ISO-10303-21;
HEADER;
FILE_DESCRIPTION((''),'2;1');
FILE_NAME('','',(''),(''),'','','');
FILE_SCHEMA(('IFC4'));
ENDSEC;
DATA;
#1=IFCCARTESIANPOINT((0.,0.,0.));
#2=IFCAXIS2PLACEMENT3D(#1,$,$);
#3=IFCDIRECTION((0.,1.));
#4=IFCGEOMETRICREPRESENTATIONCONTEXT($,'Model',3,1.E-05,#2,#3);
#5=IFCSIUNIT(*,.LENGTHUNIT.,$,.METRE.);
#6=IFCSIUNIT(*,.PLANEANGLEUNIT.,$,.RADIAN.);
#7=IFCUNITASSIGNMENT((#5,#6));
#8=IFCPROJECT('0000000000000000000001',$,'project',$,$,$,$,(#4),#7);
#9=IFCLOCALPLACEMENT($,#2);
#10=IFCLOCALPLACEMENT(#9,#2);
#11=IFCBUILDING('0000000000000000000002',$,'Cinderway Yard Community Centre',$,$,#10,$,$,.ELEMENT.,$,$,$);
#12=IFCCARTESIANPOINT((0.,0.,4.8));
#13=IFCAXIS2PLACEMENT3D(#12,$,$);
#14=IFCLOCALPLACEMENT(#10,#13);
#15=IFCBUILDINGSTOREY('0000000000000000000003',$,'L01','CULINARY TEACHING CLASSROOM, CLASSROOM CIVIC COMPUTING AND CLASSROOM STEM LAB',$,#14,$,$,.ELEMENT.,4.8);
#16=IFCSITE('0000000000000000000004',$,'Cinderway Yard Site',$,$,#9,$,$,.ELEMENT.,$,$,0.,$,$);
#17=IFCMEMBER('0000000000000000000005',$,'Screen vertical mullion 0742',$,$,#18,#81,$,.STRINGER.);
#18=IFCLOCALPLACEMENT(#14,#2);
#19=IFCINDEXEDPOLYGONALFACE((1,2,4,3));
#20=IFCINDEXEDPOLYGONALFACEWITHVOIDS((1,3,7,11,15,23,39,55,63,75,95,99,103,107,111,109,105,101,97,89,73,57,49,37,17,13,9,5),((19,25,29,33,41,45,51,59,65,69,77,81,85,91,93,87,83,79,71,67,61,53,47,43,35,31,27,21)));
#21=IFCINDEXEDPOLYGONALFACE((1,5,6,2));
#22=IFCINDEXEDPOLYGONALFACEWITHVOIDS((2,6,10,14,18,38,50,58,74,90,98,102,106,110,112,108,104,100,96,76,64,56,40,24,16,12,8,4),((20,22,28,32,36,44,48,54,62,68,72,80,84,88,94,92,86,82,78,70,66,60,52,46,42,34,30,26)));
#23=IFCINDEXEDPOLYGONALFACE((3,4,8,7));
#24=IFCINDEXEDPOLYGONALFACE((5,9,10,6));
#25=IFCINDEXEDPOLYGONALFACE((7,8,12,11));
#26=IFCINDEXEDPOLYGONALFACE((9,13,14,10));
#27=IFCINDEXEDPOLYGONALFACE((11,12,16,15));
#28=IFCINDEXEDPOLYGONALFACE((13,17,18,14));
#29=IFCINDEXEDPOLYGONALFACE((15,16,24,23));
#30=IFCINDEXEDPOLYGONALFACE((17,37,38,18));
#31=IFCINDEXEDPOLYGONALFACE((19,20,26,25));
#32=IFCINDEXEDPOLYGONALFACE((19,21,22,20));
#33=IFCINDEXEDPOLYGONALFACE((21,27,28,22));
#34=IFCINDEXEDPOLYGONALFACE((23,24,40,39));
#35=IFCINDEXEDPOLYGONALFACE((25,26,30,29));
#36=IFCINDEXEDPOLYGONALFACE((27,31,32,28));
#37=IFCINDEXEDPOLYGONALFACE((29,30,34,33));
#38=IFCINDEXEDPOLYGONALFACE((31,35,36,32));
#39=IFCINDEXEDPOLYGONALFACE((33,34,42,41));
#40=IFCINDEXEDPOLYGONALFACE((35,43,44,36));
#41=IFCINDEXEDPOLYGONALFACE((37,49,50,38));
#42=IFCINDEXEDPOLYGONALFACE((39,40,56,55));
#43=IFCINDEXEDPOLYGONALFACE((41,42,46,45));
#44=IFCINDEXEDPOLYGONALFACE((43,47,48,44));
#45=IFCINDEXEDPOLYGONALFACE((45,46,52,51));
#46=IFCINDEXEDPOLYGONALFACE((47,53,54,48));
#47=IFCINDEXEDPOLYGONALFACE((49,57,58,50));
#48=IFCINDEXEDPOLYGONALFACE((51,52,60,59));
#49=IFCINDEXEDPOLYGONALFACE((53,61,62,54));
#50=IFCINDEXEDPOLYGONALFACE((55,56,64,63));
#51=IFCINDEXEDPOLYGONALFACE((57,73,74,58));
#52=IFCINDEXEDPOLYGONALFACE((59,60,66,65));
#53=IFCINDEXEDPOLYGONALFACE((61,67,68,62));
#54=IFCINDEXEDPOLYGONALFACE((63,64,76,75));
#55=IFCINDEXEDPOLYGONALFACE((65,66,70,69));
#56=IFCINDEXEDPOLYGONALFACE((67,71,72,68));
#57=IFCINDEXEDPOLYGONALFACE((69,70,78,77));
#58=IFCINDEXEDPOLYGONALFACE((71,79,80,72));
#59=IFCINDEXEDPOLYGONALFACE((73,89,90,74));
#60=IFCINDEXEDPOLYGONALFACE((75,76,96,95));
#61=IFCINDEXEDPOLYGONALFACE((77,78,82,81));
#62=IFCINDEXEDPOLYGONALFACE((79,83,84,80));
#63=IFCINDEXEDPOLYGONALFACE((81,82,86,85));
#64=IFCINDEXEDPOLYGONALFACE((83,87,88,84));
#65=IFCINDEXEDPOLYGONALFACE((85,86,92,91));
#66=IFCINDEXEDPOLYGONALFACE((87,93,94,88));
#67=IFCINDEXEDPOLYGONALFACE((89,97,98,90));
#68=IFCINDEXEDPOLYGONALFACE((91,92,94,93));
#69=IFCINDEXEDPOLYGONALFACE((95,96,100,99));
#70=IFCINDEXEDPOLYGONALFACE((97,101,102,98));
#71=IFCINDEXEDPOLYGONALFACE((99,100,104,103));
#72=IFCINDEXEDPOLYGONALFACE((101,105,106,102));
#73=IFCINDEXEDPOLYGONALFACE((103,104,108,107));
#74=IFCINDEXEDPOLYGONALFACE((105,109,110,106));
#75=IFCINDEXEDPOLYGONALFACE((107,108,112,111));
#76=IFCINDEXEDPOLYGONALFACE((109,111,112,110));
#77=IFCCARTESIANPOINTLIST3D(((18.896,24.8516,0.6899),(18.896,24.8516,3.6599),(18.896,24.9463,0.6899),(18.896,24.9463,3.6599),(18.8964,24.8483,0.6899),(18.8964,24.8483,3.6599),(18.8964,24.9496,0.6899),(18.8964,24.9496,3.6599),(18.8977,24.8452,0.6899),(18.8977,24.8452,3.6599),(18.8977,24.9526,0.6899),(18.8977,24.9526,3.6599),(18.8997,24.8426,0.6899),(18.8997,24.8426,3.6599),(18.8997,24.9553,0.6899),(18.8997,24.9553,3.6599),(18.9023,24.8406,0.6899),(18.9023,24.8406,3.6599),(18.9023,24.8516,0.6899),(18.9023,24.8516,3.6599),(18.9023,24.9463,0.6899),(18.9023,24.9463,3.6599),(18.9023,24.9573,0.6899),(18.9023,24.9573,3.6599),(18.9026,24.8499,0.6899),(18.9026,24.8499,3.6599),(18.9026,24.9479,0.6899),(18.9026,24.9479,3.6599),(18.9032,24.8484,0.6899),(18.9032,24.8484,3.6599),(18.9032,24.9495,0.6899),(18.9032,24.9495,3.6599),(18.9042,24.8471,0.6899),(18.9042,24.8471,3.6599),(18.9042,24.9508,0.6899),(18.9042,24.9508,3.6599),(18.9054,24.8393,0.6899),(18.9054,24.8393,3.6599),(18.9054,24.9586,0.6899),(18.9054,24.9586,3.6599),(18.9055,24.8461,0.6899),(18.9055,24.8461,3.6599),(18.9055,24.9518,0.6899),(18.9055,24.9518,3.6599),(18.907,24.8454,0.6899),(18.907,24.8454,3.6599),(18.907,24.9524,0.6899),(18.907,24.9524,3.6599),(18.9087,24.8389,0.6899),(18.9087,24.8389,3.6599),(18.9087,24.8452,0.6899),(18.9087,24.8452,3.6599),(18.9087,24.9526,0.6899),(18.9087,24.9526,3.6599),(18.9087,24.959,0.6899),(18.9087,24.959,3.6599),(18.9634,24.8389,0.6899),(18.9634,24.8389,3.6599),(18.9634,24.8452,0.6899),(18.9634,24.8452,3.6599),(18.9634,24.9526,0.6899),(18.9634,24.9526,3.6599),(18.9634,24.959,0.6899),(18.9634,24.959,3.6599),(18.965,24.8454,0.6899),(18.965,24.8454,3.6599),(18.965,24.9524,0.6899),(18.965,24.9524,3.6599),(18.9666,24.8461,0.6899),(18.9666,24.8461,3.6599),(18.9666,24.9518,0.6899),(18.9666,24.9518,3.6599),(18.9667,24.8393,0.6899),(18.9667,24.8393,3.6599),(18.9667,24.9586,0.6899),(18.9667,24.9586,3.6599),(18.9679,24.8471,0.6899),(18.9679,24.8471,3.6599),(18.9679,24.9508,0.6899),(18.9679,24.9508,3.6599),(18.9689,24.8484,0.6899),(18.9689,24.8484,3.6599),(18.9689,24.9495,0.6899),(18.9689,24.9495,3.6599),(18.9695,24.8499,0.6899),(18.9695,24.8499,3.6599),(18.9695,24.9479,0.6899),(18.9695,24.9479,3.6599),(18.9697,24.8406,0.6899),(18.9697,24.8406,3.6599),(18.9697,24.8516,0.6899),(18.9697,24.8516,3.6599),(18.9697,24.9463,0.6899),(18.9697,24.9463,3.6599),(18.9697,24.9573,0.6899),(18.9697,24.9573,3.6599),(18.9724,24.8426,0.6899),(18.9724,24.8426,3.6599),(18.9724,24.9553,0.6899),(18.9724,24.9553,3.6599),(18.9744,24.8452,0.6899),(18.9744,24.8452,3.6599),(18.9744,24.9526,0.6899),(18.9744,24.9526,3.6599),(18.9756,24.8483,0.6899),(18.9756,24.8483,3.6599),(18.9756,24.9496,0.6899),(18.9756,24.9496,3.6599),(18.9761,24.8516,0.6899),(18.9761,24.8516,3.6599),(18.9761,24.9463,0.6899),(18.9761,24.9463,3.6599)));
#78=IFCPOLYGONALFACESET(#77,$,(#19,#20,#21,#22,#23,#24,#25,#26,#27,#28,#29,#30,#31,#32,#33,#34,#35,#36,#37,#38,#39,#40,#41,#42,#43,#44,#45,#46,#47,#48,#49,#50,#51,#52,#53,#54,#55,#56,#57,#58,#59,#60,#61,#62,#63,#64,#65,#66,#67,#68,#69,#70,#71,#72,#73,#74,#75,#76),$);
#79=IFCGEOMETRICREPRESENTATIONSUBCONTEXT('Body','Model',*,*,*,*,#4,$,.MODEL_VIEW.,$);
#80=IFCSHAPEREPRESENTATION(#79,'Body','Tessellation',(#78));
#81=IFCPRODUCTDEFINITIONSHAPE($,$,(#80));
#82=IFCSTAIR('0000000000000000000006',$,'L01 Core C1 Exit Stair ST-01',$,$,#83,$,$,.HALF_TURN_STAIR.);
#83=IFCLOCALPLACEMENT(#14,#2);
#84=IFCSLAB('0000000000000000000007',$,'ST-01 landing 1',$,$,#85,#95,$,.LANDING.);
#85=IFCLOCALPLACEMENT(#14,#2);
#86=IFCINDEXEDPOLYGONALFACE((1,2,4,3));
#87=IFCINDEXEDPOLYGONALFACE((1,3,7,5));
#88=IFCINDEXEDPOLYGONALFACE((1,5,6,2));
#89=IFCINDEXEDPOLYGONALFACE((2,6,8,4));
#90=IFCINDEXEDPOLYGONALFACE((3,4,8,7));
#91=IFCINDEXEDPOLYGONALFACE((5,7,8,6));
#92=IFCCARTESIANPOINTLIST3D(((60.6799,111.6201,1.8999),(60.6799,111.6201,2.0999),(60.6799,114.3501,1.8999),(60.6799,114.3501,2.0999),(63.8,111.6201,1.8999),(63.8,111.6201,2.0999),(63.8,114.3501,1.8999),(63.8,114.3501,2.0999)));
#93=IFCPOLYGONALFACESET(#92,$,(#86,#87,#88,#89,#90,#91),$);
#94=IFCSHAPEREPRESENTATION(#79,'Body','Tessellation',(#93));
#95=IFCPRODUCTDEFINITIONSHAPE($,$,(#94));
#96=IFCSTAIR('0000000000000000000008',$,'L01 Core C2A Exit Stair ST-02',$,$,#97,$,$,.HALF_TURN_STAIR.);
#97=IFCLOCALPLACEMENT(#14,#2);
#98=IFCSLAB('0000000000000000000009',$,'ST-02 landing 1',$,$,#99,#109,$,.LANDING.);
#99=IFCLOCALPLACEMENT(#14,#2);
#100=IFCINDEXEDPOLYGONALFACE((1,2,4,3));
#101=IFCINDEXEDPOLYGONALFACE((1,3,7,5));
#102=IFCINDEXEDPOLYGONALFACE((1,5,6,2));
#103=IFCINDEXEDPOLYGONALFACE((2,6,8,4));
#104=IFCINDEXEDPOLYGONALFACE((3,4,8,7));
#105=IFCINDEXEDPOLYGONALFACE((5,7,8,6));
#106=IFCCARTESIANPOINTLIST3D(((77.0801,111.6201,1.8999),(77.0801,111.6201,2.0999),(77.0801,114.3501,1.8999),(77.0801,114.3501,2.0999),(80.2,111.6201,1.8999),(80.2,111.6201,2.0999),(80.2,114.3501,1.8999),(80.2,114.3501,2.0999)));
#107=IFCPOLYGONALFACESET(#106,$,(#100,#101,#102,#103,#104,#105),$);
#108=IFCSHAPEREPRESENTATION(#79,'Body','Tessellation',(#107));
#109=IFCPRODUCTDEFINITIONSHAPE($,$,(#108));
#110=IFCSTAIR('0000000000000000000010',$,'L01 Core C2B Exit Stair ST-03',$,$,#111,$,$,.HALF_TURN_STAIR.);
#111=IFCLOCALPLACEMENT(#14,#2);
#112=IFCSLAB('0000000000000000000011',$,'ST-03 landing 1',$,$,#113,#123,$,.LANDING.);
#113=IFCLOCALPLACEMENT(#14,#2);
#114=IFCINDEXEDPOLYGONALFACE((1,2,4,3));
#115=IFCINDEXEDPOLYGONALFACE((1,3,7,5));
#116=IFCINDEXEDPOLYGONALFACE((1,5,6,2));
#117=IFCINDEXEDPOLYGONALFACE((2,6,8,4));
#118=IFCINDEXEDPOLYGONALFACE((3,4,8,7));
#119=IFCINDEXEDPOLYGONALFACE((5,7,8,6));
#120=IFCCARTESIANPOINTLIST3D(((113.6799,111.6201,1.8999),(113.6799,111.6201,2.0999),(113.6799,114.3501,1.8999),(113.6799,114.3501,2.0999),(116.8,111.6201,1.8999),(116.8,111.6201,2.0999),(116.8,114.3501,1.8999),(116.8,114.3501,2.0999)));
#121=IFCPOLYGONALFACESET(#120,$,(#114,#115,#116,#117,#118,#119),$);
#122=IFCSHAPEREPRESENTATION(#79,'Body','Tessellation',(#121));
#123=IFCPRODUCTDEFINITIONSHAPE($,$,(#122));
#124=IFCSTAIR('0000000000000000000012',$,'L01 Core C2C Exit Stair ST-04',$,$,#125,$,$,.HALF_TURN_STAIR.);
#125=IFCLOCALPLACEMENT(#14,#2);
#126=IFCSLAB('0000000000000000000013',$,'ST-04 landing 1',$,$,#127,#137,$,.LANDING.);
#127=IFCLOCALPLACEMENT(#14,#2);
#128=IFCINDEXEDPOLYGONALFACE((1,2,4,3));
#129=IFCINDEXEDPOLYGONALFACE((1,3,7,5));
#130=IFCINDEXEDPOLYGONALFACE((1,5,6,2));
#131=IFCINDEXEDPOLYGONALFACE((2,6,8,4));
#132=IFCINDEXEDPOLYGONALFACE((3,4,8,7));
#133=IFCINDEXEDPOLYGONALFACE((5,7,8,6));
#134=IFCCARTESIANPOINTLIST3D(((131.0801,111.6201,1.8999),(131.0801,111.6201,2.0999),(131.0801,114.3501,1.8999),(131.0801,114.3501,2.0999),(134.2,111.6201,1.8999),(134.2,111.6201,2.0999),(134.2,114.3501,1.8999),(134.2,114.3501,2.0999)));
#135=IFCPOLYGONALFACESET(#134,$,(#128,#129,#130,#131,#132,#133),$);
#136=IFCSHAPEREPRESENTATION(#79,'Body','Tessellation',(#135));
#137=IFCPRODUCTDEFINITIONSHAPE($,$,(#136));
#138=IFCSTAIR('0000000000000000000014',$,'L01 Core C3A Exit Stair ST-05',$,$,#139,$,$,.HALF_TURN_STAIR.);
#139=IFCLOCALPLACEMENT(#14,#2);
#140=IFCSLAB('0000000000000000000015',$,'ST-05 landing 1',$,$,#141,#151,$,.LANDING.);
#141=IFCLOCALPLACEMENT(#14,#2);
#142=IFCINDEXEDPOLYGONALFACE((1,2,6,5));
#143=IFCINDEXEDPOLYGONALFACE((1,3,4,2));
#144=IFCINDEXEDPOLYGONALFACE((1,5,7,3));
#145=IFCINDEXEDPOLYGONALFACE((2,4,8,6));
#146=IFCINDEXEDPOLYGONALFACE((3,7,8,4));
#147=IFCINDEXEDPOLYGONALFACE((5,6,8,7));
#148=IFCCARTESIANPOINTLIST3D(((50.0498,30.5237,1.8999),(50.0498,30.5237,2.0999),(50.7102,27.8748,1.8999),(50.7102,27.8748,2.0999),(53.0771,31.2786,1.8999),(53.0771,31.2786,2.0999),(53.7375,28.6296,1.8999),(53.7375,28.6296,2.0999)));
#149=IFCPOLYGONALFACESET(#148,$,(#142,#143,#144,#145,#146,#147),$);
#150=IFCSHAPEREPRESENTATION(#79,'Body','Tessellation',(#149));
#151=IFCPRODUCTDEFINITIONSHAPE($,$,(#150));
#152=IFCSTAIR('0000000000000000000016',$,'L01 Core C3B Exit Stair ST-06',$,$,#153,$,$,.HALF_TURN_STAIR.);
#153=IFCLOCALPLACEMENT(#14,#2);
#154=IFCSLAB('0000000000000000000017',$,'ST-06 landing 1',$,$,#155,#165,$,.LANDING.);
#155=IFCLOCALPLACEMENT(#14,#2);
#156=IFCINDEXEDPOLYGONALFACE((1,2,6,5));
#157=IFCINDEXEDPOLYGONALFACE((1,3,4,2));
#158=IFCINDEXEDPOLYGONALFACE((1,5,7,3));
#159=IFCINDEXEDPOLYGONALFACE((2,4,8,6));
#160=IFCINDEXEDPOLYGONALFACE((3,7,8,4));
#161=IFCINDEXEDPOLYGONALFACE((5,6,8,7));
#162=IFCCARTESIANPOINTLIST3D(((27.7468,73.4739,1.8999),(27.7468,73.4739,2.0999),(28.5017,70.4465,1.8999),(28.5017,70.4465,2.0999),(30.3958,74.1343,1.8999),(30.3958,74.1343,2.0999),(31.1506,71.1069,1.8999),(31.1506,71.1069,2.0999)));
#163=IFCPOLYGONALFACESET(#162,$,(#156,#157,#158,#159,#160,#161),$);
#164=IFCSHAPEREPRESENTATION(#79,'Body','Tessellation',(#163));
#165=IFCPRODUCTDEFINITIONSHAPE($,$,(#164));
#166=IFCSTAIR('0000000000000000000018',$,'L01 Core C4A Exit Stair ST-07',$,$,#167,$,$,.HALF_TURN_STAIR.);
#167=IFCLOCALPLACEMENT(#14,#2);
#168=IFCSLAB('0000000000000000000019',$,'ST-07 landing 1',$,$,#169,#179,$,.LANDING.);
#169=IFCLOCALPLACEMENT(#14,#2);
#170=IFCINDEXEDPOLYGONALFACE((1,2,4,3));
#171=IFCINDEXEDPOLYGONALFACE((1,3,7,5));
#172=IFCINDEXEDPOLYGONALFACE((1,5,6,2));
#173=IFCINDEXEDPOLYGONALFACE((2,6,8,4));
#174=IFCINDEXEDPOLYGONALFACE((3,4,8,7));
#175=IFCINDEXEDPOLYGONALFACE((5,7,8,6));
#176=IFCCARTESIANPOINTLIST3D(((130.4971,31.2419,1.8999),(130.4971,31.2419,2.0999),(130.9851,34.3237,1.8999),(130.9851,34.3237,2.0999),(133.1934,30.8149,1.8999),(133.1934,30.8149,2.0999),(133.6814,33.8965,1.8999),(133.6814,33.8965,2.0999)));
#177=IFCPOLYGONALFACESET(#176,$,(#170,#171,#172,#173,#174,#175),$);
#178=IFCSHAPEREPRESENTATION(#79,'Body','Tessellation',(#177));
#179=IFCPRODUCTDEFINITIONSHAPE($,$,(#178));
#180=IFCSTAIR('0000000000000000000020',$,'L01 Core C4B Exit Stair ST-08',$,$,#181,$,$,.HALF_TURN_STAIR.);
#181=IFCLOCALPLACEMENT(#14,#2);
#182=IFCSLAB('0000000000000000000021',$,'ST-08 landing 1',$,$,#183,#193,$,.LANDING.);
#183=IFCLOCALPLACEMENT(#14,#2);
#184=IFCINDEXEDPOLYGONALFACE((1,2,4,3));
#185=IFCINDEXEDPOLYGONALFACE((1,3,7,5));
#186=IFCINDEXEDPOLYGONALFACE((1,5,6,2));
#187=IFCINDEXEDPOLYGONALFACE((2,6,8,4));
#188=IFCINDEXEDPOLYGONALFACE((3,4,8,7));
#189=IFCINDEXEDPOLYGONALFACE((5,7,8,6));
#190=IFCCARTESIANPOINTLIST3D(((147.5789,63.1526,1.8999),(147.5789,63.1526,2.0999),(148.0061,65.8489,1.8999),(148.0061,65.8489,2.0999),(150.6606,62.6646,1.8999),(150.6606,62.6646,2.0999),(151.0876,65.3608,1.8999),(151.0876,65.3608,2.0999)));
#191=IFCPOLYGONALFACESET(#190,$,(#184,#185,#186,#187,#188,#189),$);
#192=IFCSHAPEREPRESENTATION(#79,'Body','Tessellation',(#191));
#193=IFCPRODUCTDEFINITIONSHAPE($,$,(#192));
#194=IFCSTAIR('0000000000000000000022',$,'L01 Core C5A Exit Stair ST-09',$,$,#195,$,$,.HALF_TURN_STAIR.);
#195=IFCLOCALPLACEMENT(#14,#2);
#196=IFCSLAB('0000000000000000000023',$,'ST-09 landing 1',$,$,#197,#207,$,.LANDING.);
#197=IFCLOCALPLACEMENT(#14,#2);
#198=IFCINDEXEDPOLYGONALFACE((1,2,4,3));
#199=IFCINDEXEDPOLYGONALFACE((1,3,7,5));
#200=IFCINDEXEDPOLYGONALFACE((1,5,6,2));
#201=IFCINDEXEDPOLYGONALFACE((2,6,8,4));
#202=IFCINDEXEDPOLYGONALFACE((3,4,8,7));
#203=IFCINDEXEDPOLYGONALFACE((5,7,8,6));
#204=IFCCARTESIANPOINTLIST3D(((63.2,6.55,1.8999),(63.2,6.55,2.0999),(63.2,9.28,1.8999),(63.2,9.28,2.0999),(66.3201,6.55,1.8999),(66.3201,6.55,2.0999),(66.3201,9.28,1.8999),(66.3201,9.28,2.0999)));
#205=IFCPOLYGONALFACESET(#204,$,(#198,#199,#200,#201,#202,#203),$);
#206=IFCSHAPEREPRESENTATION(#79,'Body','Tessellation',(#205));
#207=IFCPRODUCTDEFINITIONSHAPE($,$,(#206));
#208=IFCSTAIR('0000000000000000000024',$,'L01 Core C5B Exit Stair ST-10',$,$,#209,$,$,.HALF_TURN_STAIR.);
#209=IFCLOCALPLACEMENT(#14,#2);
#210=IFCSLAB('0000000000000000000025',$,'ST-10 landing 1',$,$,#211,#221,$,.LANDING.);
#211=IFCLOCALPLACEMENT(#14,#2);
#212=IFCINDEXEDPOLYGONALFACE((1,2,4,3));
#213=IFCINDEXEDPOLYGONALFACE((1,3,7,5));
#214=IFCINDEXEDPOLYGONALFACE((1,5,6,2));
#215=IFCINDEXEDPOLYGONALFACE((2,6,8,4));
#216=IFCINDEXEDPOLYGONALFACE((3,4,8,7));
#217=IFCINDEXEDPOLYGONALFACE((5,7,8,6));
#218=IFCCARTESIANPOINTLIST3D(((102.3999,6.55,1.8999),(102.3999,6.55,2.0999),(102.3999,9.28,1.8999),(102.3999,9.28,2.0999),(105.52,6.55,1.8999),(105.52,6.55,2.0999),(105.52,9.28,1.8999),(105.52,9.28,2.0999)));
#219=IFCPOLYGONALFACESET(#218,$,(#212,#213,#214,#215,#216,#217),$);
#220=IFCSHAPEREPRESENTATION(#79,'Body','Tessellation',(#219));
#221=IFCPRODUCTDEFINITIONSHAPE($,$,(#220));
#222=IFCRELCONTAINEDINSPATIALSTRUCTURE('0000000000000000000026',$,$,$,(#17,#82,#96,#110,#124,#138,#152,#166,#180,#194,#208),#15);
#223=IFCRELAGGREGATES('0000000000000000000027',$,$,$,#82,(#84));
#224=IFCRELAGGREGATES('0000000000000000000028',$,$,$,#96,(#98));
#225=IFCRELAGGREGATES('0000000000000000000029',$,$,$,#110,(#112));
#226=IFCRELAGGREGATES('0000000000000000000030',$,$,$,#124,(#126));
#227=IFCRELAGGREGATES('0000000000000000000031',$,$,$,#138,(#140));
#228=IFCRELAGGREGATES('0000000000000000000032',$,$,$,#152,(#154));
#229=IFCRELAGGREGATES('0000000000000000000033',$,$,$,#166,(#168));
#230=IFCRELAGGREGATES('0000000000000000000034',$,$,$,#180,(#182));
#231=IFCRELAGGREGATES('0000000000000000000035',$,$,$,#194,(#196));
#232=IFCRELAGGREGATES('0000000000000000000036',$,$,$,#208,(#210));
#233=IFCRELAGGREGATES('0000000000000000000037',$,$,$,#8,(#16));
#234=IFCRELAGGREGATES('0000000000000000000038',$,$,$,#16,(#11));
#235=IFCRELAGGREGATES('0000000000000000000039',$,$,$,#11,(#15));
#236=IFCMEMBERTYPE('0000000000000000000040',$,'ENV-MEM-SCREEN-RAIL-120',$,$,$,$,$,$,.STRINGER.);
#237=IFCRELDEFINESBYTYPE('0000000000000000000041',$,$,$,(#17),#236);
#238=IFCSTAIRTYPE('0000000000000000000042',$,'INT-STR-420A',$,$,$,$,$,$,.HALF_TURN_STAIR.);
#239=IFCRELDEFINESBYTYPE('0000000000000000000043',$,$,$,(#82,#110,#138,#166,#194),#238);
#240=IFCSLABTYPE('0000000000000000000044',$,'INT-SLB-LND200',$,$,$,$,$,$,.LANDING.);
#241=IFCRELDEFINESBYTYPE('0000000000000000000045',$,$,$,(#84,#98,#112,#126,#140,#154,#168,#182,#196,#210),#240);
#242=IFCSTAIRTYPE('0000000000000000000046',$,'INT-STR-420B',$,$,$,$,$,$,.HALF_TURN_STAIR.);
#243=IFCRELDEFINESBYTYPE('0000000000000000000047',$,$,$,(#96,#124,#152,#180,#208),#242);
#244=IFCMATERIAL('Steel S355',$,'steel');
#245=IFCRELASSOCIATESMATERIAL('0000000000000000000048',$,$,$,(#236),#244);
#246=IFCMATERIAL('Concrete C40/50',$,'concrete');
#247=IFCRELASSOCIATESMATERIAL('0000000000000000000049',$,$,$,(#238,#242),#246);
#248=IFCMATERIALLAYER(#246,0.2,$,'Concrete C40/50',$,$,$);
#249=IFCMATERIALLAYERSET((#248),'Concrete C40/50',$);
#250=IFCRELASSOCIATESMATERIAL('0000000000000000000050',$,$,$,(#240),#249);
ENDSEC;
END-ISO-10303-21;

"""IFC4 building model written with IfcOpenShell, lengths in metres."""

from ifc_helpers import new_model, si_unit, direction, frame, origin, origin_2d, place, context, subcontext, project, spatial, polyline, hollow_rectangle, outline, extrude, material, layer, layer_set, material_profile, profile_set, type_object, element, aggregate, save


model = new_model("IFC4")

# Units and contexts
model_context = context("Model", 3, precision=1e-05, world=origin(), true_north=direction((0.0, 1.0)))
body_context = subcontext(model_context, "Body", "Model", "MODEL_VIEW")
ifc_project = project(units=[si_unit("LENGTHUNIT", "METRE"), si_unit("PLANEANGLEUNIT", "RADIAN")], contexts=[model_context])

# Site, building, storey
site_placement = place(None, origin())
site = spatial("IfcSite", under=ifc_project, at=site_placement, Name="Cinderway Yard Site", CompositionType="ELEMENT", RefElevation=0.0)
building_placement = place(site_placement, origin())
building = spatial("IfcBuilding", under=site, at=building_placement, Name="Cinderway Yard Community Centre", CompositionType="ELEMENT")
storey_placement = place(building_placement, frame((0.0, 0.0, 4.8)))
storey = spatial("IfcBuildingStorey", under=building, at=storey_placement, Name="L01", Description="CULINARY TEACHING CLASSROOM, CLASSROOM CIVIC COMPUTING AND CLASSROOM STEM LAB", CompositionType="ELEMENT", Elevation=4.8)

# Shared definitions
ifc_material_1 = material(Name="Concrete C40/50", Category="concrete")

# Member
ifc_material_2 = material(Name="Steel S355", Category="steel")
ifc_material_profile_1 = material_profile(ifc_material_2, hollow_rectangle(XDim=0.0801, YDim=0.1201, WallThickness=0.0063, InnerFilletRadius=0.0063, OuterFilletRadius=0.0127, at=origin_2d()), Name="Steel S355")
ifc_profile_set_1 = profile_set([ifc_material_profile_1], Name="Steel S355")
member_type = type_object("IfcMemberType", Name="ENV-MEM-SCREEN-RAIL-120", PredefinedType="STRINGER", material=ifc_profile_set_1)
member_placement = place(storey_placement, frame((18.936, 24.8989, 0.6899), z_axis=(0.0, 0.0, 1.0), x_axis=(1.0, 0.0, 0.0)))
element("IfcMember", 1, at=member_placement, inside=storey, type_object=member_type, Name="Screen vertical mullion 0742", PredefinedType="STRINGER", context=body_context, shape_type="SweptSolid", body=[
    extrude(hollow_rectangle(XDim=0.0801, YDim=0.1201, WallThickness=0.0063, InnerFilletRadius=0.0063, OuterFilletRadius=0.0127, at=origin_2d()), origin(), (0.0, 0.0, 1.0), 2.97),
])

# Stairs, slabs
stair_type_1 = type_object("IfcStairType", Name="INT-STR-420A", PredefinedType="HALF_TURN_STAIR", material=ifc_material_1)
stair_1_placement = place(storey_placement, origin())
stair_1 = element("IfcStair", 2, at=stair_1_placement, inside=storey, type_object=stair_type_1, Name="L01 Core C1 Exit Stair ST-01", PredefinedType="HALF_TURN_STAIR")
ifc_layer_1 = layer(ifc_material_1, 0.2, Name="Concrete C40/50")
ifc_layer_set_1 = layer_set([ifc_layer_1], Name="Concrete C40/50")
slab_type_1 = type_object("IfcSlabType", Name="INT-SLB-LND200", PredefinedType="LANDING", material=ifc_layer_set_1)
slab_1_placement = place(storey_placement, frame((0.0, 0.0, 1.8999)))
slab_1 = element("IfcSlab", 3, at=slab_1_placement, type_object=slab_type_1, Name="ST-01 landing 1", PredefinedType="LANDING", context=body_context, shape_type="SweptSolid", body=[
    extrude(outline(polyline([(63.8, 111.6201), (63.8, 114.3501), (60.6799, 114.3501), (60.6799, 111.6201), (63.8, 111.6201)])), origin(), (0.0, 0.0, 1.0), 0.2),
])
aggregate(stair_1, [slab_1])
stair_type_2 = type_object("IfcStairType", Name="INT-STR-420B", PredefinedType="HALF_TURN_STAIR", material=ifc_material_1)
stair_2_placement = place(storey_placement, origin())
stair_2 = element("IfcStair", 4, at=stair_2_placement, inside=storey, type_object=stair_type_2, Name="L01 Core C2A Exit Stair ST-02", PredefinedType="HALF_TURN_STAIR")
slab_2_placement = place(storey_placement, frame((0.0, 0.0, 1.8999)))
slab_2 = element("IfcSlab", 5, at=slab_2_placement, type_object=slab_type_1, Name="ST-02 landing 1", PredefinedType="LANDING", context=body_context, shape_type="SweptSolid", body=[
    extrude(outline(polyline([(80.2, 111.6201), (80.2, 114.3501), (77.0801, 114.3501), (77.0801, 111.6201), (80.2, 111.6201)])), origin(), (0.0, 0.0, 1.0), 0.2),
])
aggregate(stair_2, [slab_2])
stair_3_placement = place(storey_placement, origin())
stair_3 = element("IfcStair", 6, at=stair_3_placement, inside=storey, type_object=stair_type_1, Name="L01 Core C2B Exit Stair ST-03", PredefinedType="HALF_TURN_STAIR")
slab_3_placement = place(storey_placement, frame((0.0, 0.0, 1.8999)))
slab_3 = element("IfcSlab", 7, at=slab_3_placement, type_object=slab_type_1, Name="ST-03 landing 1", PredefinedType="LANDING", context=body_context, shape_type="SweptSolid", body=[
    extrude(outline(polyline([(116.8, 111.6201), (116.8, 114.3501), (113.6799, 114.3501), (113.6799, 111.6201), (116.8, 111.6201)])), origin(), (0.0, 0.0, 1.0), 0.2),
])
aggregate(stair_3, [slab_3])
stair_4_placement = place(storey_placement, origin())
stair_4 = element("IfcStair", 8, at=stair_4_placement, inside=storey, type_object=stair_type_2, Name="L01 Core C2C Exit Stair ST-04", PredefinedType="HALF_TURN_STAIR")
slab_4_placement = place(storey_placement, frame((0.0, 0.0, 1.8999)))
slab_4 = element("IfcSlab", 9, at=slab_4_placement, type_object=slab_type_1, Name="ST-04 landing 1", PredefinedType="LANDING", context=body_context, shape_type="SweptSolid", body=[
    extrude(outline(polyline([(134.2, 111.6201), (134.2, 114.3501), (131.0801, 114.3501), (131.0801, 111.6201), (134.2, 111.6201)])), origin(), (0.0, 0.0, 1.0), 0.2),
])
aggregate(stair_4, [slab_4])
stair_5_placement = place(storey_placement, origin())
stair_5 = element("IfcStair", 10, at=stair_5_placement, inside=storey, type_object=stair_type_1, Name="L01 Core C3A Exit Stair ST-05", PredefinedType="HALF_TURN_STAIR")
slab_5_placement = place(storey_placement, frame((0.0, 0.0, 1.8999)))
slab_5 = element("IfcSlab", 11, at=slab_5_placement, type_object=slab_type_1, Name="ST-05 landing 1", PredefinedType="LANDING", context=body_context, shape_type="SweptSolid", body=[
    extrude(outline(polyline([(50.0498, 30.5237), (50.7102, 27.8748), (53.7375, 28.6296), (53.0771, 31.2786), (50.0498, 30.5237)])), origin(), (0.0, 0.0, 1.0), 0.2),
])
aggregate(stair_5, [slab_5])
stair_6_placement = place(storey_placement, origin())
stair_6 = element("IfcStair", 12, at=stair_6_placement, inside=storey, type_object=stair_type_2, Name="L01 Core C3B Exit Stair ST-06", PredefinedType="HALF_TURN_STAIR")
slab_6_placement = place(storey_placement, frame((0.0, 0.0, 1.8999)))
slab_6 = element("IfcSlab", 13, at=slab_6_placement, type_object=slab_type_1, Name="ST-06 landing 1", PredefinedType="LANDING", context=body_context, shape_type="SweptSolid", body=[
    extrude(outline(polyline([(30.3958, 74.1343), (27.7468, 73.4739), (28.5017, 70.4465), (31.1506, 71.1069), (30.3958, 74.1343)])), origin(), (0.0, 0.0, 1.0), 0.2),
])
aggregate(stair_6, [slab_6])
stair_7_placement = place(storey_placement, origin())
stair_7 = element("IfcStair", 14, at=stair_7_placement, inside=storey, type_object=stair_type_1, Name="L01 Core C4A Exit Stair ST-07", PredefinedType="HALF_TURN_STAIR")
slab_7_placement = place(storey_placement, frame((0.0, 0.0, 1.8999)))
slab_7 = element("IfcSlab", 15, at=slab_7_placement, type_object=slab_type_1, Name="ST-07 landing 1", PredefinedType="LANDING", context=body_context, shape_type="SweptSolid", body=[
    extrude(outline(polyline([(133.6814, 33.8965), (130.9851, 34.3237), (130.4971, 31.2419), (133.1934, 30.8149), (133.6814, 33.8965)])), origin(), (0.0, 0.0, 1.0), 0.2),
])
aggregate(stair_7, [slab_7])
stair_8_placement = place(storey_placement, origin())
stair_8 = element("IfcStair", 16, at=stair_8_placement, inside=storey, type_object=stair_type_2, Name="L01 Core C4B Exit Stair ST-08", PredefinedType="HALF_TURN_STAIR")
slab_8_placement = place(storey_placement, frame((0.0, 0.0, 1.8999)))
slab_8 = element("IfcSlab", 17, at=slab_8_placement, type_object=slab_type_1, Name="ST-08 landing 1", PredefinedType="LANDING", context=body_context, shape_type="SweptSolid", body=[
    extrude(outline(polyline([(150.6606, 62.6646), (151.0876, 65.3608), (148.0061, 65.8489), (147.5789, 63.1526), (150.6606, 62.6646)])), origin(), (0.0, 0.0, 1.0), 0.2),
])
aggregate(stair_8, [slab_8])
stair_9_placement = place(storey_placement, origin())
stair_9 = element("IfcStair", 18, at=stair_9_placement, inside=storey, type_object=stair_type_1, Name="L01 Core C5A Exit Stair ST-09", PredefinedType="HALF_TURN_STAIR")
slab_9_placement = place(storey_placement, frame((0.0, 0.0, 1.8999)))
slab_9 = element("IfcSlab", 19, at=slab_9_placement, type_object=slab_type_1, Name="ST-09 landing 1", PredefinedType="LANDING", context=body_context, shape_type="SweptSolid", body=[
    extrude(outline(polyline([(63.2, 9.28), (63.2, 6.55), (66.3201, 6.55), (66.3201, 9.28), (63.2, 9.28)])), origin(), (0.0, 0.0, 1.0), 0.2),
])
aggregate(stair_9, [slab_9])
stair_10_placement = place(storey_placement, origin())
stair_10 = element("IfcStair", 20, at=stair_10_placement, inside=storey, type_object=stair_type_2, Name="L01 Core C5B Exit Stair ST-10", PredefinedType="HALF_TURN_STAIR")
slab_10_placement = place(storey_placement, frame((0.0, 0.0, 1.8999)))
slab_10 = element("IfcSlab", 21, at=slab_10_placement, type_object=slab_type_1, Name="ST-10 landing 1", PredefinedType="LANDING", context=body_context, shape_type="SweptSolid", body=[
    extrude(outline(polyline([(102.3999, 9.28), (102.3999, 6.55), (105.52, 6.55), (105.52, 9.28), (102.3999, 9.28)])), origin(), (0.0, 0.0, 1.0), 0.2),
])
aggregate(stair_10, [slab_10])

save(model, "model.ifc")
